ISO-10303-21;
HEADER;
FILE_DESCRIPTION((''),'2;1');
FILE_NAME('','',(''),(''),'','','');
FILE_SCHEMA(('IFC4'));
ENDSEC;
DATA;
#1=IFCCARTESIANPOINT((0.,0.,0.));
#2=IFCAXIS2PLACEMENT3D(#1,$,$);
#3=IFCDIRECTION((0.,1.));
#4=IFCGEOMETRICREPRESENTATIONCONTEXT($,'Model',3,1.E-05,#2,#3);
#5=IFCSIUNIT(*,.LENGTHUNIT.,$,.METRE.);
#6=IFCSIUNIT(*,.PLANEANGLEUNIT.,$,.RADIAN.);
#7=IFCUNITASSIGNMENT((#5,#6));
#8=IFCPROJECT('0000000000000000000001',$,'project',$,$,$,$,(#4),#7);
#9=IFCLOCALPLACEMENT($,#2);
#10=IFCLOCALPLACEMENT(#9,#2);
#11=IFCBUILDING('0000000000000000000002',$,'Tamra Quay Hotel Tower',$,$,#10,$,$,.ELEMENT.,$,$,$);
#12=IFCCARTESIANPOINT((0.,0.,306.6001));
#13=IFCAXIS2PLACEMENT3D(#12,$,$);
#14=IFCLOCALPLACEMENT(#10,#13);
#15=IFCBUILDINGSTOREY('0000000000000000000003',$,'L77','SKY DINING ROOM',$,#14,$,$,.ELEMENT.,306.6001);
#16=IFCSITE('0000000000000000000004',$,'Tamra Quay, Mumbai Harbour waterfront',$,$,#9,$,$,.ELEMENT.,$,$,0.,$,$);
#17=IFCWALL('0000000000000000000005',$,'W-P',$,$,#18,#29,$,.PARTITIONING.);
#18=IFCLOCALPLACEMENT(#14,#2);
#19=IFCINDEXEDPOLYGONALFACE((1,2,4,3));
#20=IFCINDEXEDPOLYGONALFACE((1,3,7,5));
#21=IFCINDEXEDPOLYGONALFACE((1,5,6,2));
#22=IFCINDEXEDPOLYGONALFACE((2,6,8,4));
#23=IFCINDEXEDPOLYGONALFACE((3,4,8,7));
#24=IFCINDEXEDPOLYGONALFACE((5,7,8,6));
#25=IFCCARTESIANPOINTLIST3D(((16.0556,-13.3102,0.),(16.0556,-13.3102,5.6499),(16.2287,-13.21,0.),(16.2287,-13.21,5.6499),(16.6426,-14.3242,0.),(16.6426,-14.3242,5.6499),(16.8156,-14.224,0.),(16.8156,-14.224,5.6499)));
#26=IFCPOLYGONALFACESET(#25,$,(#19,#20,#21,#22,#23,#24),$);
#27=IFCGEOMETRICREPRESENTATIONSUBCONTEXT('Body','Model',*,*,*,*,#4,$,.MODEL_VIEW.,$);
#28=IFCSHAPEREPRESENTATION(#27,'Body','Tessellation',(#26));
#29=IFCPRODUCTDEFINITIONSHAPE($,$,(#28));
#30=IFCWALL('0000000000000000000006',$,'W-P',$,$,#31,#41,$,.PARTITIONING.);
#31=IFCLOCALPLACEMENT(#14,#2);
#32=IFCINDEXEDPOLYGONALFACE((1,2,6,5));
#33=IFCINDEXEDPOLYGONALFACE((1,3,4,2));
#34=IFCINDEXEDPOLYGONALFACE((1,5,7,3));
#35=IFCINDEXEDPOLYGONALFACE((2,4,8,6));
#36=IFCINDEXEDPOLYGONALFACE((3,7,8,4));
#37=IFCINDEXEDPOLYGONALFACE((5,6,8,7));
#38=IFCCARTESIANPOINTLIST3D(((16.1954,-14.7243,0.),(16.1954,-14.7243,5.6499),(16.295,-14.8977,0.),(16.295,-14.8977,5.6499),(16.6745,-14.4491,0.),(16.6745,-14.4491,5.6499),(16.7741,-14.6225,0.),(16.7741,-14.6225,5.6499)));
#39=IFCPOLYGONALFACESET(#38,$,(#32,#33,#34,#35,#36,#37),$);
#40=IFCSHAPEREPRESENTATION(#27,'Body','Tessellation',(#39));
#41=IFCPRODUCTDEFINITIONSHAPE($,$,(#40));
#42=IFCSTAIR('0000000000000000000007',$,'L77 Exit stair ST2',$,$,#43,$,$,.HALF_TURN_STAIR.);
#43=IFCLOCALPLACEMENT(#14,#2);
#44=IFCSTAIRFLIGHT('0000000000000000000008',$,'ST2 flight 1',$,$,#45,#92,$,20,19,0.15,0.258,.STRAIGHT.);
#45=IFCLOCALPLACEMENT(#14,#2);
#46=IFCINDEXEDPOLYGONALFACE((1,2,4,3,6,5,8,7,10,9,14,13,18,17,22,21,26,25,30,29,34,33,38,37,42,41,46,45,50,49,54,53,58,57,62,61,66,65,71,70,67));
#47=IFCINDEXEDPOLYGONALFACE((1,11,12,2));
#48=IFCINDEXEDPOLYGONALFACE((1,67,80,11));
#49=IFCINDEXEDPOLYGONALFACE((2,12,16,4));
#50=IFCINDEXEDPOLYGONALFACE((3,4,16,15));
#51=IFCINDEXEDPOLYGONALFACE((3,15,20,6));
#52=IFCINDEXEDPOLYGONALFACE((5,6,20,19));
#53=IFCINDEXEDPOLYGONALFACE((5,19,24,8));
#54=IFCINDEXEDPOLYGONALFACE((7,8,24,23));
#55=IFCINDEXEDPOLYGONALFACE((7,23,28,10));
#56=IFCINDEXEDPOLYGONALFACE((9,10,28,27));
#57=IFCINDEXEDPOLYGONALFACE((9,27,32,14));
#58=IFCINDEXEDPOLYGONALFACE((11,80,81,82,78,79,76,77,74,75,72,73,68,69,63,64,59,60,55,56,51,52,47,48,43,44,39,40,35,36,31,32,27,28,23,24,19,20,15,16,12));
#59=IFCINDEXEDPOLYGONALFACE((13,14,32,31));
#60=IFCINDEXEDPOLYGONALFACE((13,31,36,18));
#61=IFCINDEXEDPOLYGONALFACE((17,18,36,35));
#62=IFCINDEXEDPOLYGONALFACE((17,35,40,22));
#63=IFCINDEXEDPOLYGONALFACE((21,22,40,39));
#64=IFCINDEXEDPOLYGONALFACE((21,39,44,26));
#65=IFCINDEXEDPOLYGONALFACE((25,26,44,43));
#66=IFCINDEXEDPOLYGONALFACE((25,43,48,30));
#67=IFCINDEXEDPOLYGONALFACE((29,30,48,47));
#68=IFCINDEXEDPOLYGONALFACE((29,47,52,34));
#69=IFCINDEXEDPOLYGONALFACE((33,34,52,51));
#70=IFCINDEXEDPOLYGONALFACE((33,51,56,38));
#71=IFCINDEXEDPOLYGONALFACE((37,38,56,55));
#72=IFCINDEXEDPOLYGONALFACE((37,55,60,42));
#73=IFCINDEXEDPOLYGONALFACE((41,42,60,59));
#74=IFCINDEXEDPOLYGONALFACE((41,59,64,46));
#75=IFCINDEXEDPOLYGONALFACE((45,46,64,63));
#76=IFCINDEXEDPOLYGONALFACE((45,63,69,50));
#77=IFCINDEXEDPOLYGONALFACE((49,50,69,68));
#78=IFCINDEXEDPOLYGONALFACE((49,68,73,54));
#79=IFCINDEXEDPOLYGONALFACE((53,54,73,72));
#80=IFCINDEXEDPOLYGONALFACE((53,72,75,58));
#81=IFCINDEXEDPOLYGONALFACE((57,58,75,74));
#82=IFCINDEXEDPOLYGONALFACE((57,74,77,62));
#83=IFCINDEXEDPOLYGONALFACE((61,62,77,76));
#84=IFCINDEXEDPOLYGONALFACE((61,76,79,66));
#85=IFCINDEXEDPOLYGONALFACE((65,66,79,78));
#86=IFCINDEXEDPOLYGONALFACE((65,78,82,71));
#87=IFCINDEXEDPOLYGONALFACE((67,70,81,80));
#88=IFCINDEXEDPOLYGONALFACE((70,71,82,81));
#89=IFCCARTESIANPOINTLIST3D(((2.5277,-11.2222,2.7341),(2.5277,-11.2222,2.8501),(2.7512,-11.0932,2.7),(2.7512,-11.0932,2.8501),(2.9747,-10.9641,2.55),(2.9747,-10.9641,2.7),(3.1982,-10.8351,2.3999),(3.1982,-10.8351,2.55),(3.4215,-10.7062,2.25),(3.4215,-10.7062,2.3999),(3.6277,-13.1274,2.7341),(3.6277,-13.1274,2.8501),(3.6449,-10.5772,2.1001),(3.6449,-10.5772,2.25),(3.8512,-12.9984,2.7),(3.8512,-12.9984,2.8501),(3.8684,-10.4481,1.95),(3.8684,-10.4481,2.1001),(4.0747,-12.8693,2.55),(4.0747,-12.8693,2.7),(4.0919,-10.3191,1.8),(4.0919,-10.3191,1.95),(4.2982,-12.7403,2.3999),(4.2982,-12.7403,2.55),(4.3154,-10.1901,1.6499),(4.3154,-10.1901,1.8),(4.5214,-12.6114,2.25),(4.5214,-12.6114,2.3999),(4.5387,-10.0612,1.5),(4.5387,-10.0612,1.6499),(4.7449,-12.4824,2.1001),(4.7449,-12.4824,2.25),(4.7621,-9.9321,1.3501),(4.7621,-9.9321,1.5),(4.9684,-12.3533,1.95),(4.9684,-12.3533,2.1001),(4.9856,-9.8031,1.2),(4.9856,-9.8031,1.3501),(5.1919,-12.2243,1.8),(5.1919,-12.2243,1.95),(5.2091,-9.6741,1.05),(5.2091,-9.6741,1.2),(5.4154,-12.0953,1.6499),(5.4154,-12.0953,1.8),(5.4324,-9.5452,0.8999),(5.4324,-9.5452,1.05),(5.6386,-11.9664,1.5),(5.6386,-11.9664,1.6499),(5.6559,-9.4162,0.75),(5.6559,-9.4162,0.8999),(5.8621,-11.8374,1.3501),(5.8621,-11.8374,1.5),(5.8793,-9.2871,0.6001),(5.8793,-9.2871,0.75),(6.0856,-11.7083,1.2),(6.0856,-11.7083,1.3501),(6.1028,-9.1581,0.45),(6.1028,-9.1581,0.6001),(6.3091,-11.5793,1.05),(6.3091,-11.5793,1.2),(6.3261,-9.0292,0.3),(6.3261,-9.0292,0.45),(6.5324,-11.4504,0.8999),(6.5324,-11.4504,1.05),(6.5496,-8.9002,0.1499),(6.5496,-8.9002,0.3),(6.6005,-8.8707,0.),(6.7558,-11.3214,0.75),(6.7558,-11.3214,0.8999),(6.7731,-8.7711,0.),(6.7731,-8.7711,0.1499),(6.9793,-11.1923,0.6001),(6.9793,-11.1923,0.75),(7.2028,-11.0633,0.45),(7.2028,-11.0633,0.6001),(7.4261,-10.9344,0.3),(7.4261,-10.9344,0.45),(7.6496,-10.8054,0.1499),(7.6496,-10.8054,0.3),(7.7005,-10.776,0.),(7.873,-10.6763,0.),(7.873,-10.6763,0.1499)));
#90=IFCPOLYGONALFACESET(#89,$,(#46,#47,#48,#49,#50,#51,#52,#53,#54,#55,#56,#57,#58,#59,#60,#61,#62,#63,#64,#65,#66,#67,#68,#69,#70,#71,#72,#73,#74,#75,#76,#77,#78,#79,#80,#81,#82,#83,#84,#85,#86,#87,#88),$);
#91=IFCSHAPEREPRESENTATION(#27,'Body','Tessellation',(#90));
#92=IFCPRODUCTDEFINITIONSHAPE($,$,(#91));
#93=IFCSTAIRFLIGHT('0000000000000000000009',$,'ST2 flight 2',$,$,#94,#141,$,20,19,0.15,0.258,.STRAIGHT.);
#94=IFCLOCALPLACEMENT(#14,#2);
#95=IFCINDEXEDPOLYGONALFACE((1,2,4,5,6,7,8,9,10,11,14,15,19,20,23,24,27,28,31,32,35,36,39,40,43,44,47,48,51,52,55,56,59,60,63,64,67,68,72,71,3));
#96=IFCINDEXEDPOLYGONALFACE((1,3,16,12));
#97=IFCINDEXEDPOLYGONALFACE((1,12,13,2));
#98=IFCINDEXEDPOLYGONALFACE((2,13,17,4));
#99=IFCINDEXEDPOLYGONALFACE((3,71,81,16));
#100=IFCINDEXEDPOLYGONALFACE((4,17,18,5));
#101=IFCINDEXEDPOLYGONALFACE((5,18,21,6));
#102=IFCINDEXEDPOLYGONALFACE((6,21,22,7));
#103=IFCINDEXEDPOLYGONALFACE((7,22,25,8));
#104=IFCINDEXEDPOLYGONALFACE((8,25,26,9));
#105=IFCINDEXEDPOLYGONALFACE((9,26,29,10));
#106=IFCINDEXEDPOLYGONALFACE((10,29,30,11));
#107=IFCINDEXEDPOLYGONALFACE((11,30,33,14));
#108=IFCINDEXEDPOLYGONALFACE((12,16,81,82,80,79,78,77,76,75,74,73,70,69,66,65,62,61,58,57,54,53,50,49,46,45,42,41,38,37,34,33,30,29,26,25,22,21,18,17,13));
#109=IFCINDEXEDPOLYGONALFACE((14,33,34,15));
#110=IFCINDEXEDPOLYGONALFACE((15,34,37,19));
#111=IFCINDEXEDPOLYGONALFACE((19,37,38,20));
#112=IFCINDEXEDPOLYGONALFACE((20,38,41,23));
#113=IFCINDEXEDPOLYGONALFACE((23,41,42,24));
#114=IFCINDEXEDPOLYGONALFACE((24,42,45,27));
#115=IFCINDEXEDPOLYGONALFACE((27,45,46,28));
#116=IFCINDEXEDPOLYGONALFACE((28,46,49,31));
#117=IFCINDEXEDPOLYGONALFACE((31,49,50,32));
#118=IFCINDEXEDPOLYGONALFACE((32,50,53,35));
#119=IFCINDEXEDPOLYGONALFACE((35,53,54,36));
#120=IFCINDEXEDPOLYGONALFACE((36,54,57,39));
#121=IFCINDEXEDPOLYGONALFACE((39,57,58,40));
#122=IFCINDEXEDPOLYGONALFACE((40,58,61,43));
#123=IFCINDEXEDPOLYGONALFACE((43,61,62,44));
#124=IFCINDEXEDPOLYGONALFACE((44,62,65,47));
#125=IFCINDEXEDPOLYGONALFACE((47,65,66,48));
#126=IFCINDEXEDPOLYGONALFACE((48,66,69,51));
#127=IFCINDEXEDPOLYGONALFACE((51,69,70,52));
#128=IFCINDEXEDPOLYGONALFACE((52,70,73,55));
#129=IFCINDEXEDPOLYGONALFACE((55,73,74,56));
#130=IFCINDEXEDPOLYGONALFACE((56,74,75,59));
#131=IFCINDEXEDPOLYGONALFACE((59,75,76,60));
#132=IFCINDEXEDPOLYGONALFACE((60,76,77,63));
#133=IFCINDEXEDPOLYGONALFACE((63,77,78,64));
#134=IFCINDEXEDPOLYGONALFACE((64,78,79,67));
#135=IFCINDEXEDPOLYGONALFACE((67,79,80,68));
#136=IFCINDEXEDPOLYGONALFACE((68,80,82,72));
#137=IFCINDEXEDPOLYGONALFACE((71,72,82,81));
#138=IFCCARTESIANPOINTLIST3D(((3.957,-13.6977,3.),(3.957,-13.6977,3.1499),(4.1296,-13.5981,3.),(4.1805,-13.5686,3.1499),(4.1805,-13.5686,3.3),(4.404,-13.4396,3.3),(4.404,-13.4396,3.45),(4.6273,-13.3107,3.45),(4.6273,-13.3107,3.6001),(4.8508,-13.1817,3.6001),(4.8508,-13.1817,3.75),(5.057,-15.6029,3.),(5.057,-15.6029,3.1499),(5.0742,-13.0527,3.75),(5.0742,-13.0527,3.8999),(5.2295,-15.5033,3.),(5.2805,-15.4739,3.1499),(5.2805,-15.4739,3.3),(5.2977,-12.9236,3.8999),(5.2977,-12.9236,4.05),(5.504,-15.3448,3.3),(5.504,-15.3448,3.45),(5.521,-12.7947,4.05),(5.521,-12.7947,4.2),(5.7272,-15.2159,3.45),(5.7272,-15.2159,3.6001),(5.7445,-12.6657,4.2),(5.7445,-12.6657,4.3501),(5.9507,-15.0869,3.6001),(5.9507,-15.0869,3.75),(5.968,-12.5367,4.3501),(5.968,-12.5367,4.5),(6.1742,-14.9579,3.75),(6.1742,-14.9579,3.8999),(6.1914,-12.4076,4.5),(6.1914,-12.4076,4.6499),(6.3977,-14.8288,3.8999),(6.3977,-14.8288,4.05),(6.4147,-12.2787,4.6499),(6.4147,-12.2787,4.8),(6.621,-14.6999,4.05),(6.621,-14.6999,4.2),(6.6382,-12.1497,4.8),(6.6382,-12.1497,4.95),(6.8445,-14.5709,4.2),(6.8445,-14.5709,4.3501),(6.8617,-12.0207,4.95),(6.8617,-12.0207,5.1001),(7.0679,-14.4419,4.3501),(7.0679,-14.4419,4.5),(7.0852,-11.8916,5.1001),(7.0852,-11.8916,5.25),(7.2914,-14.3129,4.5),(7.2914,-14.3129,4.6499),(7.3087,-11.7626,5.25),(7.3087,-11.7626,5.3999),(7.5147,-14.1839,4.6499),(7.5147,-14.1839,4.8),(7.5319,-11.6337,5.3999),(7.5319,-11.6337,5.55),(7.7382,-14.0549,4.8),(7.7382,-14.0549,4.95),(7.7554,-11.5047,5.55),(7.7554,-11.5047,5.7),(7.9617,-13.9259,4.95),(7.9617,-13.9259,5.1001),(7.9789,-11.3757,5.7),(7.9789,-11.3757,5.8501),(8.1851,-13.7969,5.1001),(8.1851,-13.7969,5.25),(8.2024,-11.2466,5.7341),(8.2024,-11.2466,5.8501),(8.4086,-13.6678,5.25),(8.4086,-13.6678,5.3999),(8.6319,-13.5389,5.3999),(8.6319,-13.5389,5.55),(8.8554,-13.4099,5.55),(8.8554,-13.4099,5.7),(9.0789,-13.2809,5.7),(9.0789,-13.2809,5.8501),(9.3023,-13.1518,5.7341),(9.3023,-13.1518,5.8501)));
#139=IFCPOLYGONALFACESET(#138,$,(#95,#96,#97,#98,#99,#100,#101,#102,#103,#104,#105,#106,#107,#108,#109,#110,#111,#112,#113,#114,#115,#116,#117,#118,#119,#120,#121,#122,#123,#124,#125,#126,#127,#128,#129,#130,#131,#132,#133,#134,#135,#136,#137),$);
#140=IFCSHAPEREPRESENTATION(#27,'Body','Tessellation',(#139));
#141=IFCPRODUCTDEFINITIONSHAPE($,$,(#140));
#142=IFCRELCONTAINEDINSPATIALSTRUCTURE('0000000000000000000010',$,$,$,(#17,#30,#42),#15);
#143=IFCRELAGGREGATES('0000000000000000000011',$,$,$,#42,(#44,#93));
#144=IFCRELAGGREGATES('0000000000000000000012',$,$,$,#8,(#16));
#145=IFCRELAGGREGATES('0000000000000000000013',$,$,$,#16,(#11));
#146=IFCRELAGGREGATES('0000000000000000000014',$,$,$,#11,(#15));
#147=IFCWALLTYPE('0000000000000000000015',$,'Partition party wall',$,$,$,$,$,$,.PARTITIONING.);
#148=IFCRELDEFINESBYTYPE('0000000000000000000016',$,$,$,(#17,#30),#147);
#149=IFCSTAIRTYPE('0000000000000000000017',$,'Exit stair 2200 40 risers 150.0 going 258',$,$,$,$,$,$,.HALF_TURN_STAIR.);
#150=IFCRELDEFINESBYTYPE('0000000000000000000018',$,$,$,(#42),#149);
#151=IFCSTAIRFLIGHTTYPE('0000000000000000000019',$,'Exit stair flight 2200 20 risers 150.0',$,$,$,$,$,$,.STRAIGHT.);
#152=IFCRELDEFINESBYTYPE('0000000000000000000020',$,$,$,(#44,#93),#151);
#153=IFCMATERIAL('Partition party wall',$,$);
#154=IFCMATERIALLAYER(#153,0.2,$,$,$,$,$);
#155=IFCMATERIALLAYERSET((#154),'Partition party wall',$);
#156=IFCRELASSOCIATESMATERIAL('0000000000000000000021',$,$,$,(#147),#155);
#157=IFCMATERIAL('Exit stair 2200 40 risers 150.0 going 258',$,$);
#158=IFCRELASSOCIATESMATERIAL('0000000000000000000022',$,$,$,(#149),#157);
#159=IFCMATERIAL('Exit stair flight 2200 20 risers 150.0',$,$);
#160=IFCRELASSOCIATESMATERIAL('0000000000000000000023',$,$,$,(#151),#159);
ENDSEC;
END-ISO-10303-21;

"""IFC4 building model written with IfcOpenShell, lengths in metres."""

from ifc_helpers import new_model, si_unit, direction, frame, frame_2d, origin, place, context, subcontext, project, spatial, polyline, rectangle, outline, extrude, material, layer, layer_set, type_object, element, aggregate, save


model = new_model("IFC4")

# Units and contexts
model_context = context("Model", 3, precision=1e-05, world=origin(), true_north=direction((0.0, 1.0)))
body_context = subcontext(model_context, "Body", "Model", "MODEL_VIEW")
ifc_project = project(units=[si_unit("LENGTHUNIT", "METRE"), si_unit("PLANEANGLEUNIT", "RADIAN")], contexts=[model_context])

# Site, building, storey
site_placement = place(None, origin())
site = spatial("IfcSite", under=ifc_project, at=site_placement, Name="Tamra Quay, Mumbai Harbour waterfront", CompositionType="ELEMENT", RefElevation=0.0)
building_placement = place(site_placement, origin())
building = spatial("IfcBuilding", under=site, at=building_placement, Name="Tamra Quay Hotel Tower", CompositionType="ELEMENT")
storey_placement = place(building_placement, frame((0.0, 0.0, 306.6001)))
storey = spatial("IfcBuildingStorey", under=building, at=storey_placement, Name="L77", Description="SKY DINING ROOM", CompositionType="ELEMENT", Elevation=306.6001)

# Walls
ifc_material_1 = material(Name="Partition party wall")
ifc_layer_1 = layer(ifc_material_1, 0.2)
ifc_layer_set_1 = layer_set([ifc_layer_1], Name="Partition party wall")
wall_type_1 = type_object("IfcWallType", Name="Partition party wall", PredefinedType="PARTITIONING", material=ifc_layer_set_1)
wall_1_placement = place(storey_placement, frame((16.1421, -13.26, 0.0), z_axis=(0.0, 0.0, 1.0), x_axis=(0.500979, -0.86546, 0.0)))
element("IfcWall", 1, at=wall_1_placement, inside=storey, type_object=wall_type_1, Name="W-P", PredefinedType="PARTITIONING", context=body_context, shape_type="SweptSolid", body=[
    extrude(rectangle(XDim=1.1716, YDim=0.2, at=frame_2d((0.5859, 0.0))), origin(), (0.0, 0.0, 1.0), 5.6499),
])
wall_2_placement = place(storey_placement, frame((16.2451, -14.811, 0.0), z_axis=(0.0, 0.0, 1.0), x_axis=(0.867126, 0.498089, 0.0)))
element("IfcWall", 2, at=wall_2_placement, inside=storey, type_object=wall_type_1, Name="W-P", PredefinedType="PARTITIONING", context=body_context, shape_type="SweptSolid", body=[
    extrude(rectangle(XDim=0.5525, YDim=0.2, at=frame_2d((0.2764, 0.0))), origin(), (0.0, 0.0, 1.0), 5.6499),
])

# Stair, stair flights
ifc_material_2 = material(Name="Exit stair 2200 40 risers 150.0 going 258")
stair_type = type_object("IfcStairType", Name="Exit stair 2200 40 risers 150.0 going 258", PredefinedType="HALF_TURN_STAIR", material=ifc_material_2)
stair_placement = place(storey_placement, origin())
stair = element("IfcStair", 3, at=stair_placement, inside=storey, type_object=stair_type, Name="L77 Exit stair ST2", PredefinedType="HALF_TURN_STAIR")
ifc_material_3 = material(Name="Exit stair flight 2200 20 risers 150.0")
stair_flight_type = type_object("IfcStairFlightType", Name="Exit stair flight 2200 20 risers 150.0", PredefinedType="STRAIGHT", material=ifc_material_3)
stair_flight_1_placement = place(storey_placement, frame((7.323, -9.7236, 0.0), z_axis=(0.0, 0.0, 1.0), x_axis=(-0.866025, -0.5, 0.0)))
stair_flight_1 = element("IfcStairFlight", 4, at=stair_flight_1_placement, type_object=stair_flight_type, Name="ST2 flight 1", NumberOfRisers=20, NumberOfTreads=19, PredefinedType="STRAIGHT", RiserHeight=0.15, TreadLength=0.258, context=body_context, shape_type="SweptSolid", body=[
    extrude(outline(polyline([(0.0, 0.0), (0.0, 0.1499), (0.2581, 0.1499), (0.2581, 0.3), (0.5161, 0.3), (0.5161, 0.45), (0.7739, 0.45), (0.7739, 0.6001), (1.032, 0.6001), (1.032, 0.75), (1.29, 0.75), (1.29, 0.8999), (1.5481, 0.8999), (1.5481, 1.05), (1.8059, 1.05), (1.8059, 1.2), (2.064, 1.2), (2.064, 1.3501), (2.322, 1.3501), (2.322, 1.5), (2.5801, 1.5), (2.5801, 1.6499), (2.8379, 1.6499), (2.8379, 1.8), (3.0959, 1.8), (3.0959, 1.95), (3.354, 1.95), (3.354, 2.1001), (3.6121, 2.1001), (3.6121, 2.25), (3.8701, 2.25), (3.8701, 2.3999), (4.1279, 2.3999), (4.1279, 2.55), (4.386, 2.55), (4.386, 2.7), (4.644, 2.7), (4.644, 2.8501), (4.9021, 2.8501), (4.9021, 3.0), (4.9021, 2.7341), (0.1992, 0.0), (0.0, 0.0)])), frame((0.0, 1.1001, 0.0), z_axis=(0.0, -1.0, 0.0), x_axis=(1.0, 0.0, 0.0)), (0.0, 0.0, 1.0), 2.2),
])
stair_flight_2_placement = place(storey_placement, frame((4.5071, -14.6504, 3.0), z_axis=(0.0, 0.0, 1.0), x_axis=(0.866025, 0.5, 0.0)))
stair_flight_2 = element("IfcStairFlight", 5, at=stair_flight_2_placement, type_object=stair_flight_type, Name="ST2 flight 2", NumberOfRisers=20, NumberOfTreads=19, PredefinedType="STRAIGHT", RiserHeight=0.15, TreadLength=0.258, context=body_context, shape_type="SweptSolid", body=[
    extrude(outline(polyline([(0.0, 0.0), (0.0, 0.1499), (0.2581, 0.1499), (0.2581, 0.3), (0.5161, 0.3), (0.5161, 0.45), (0.7739, 0.45), (0.7739, 0.6001), (1.032, 0.6001), (1.032, 0.75), (1.29, 0.75), (1.29, 0.8999), (1.5481, 0.8999), (1.5481, 1.05), (1.8059, 1.05), (1.8059, 1.2), (2.064, 1.2), (2.064, 1.3501), (2.322, 1.3501), (2.322, 1.5), (2.5801, 1.5), (2.5801, 1.6499), (2.8379, 1.6499), (2.8379, 1.8), (3.0959, 1.8), (3.0959, 1.95), (3.354, 1.95), (3.354, 2.1001), (3.6121, 2.1001), (3.6121, 2.25), (3.8701, 2.25), (3.8701, 2.3999), (4.1279, 2.3999), (4.1279, 2.55), (4.386, 2.55), (4.386, 2.7), (4.644, 2.7), (4.644, 2.8501), (4.9021, 2.8501), (4.9021, 3.0), (4.9021, 2.7341), (0.1992, 0.0), (0.0, 0.0)])), frame((0.0, 1.1001, 0.0), z_axis=(0.0, -1.0, 0.0), x_axis=(1.0, 0.0, 0.0)), (0.0, 0.0, 1.0), 2.2),
])
aggregate(stair, [stair_flight_1, stair_flight_2])

save(model, "model.ifc")
